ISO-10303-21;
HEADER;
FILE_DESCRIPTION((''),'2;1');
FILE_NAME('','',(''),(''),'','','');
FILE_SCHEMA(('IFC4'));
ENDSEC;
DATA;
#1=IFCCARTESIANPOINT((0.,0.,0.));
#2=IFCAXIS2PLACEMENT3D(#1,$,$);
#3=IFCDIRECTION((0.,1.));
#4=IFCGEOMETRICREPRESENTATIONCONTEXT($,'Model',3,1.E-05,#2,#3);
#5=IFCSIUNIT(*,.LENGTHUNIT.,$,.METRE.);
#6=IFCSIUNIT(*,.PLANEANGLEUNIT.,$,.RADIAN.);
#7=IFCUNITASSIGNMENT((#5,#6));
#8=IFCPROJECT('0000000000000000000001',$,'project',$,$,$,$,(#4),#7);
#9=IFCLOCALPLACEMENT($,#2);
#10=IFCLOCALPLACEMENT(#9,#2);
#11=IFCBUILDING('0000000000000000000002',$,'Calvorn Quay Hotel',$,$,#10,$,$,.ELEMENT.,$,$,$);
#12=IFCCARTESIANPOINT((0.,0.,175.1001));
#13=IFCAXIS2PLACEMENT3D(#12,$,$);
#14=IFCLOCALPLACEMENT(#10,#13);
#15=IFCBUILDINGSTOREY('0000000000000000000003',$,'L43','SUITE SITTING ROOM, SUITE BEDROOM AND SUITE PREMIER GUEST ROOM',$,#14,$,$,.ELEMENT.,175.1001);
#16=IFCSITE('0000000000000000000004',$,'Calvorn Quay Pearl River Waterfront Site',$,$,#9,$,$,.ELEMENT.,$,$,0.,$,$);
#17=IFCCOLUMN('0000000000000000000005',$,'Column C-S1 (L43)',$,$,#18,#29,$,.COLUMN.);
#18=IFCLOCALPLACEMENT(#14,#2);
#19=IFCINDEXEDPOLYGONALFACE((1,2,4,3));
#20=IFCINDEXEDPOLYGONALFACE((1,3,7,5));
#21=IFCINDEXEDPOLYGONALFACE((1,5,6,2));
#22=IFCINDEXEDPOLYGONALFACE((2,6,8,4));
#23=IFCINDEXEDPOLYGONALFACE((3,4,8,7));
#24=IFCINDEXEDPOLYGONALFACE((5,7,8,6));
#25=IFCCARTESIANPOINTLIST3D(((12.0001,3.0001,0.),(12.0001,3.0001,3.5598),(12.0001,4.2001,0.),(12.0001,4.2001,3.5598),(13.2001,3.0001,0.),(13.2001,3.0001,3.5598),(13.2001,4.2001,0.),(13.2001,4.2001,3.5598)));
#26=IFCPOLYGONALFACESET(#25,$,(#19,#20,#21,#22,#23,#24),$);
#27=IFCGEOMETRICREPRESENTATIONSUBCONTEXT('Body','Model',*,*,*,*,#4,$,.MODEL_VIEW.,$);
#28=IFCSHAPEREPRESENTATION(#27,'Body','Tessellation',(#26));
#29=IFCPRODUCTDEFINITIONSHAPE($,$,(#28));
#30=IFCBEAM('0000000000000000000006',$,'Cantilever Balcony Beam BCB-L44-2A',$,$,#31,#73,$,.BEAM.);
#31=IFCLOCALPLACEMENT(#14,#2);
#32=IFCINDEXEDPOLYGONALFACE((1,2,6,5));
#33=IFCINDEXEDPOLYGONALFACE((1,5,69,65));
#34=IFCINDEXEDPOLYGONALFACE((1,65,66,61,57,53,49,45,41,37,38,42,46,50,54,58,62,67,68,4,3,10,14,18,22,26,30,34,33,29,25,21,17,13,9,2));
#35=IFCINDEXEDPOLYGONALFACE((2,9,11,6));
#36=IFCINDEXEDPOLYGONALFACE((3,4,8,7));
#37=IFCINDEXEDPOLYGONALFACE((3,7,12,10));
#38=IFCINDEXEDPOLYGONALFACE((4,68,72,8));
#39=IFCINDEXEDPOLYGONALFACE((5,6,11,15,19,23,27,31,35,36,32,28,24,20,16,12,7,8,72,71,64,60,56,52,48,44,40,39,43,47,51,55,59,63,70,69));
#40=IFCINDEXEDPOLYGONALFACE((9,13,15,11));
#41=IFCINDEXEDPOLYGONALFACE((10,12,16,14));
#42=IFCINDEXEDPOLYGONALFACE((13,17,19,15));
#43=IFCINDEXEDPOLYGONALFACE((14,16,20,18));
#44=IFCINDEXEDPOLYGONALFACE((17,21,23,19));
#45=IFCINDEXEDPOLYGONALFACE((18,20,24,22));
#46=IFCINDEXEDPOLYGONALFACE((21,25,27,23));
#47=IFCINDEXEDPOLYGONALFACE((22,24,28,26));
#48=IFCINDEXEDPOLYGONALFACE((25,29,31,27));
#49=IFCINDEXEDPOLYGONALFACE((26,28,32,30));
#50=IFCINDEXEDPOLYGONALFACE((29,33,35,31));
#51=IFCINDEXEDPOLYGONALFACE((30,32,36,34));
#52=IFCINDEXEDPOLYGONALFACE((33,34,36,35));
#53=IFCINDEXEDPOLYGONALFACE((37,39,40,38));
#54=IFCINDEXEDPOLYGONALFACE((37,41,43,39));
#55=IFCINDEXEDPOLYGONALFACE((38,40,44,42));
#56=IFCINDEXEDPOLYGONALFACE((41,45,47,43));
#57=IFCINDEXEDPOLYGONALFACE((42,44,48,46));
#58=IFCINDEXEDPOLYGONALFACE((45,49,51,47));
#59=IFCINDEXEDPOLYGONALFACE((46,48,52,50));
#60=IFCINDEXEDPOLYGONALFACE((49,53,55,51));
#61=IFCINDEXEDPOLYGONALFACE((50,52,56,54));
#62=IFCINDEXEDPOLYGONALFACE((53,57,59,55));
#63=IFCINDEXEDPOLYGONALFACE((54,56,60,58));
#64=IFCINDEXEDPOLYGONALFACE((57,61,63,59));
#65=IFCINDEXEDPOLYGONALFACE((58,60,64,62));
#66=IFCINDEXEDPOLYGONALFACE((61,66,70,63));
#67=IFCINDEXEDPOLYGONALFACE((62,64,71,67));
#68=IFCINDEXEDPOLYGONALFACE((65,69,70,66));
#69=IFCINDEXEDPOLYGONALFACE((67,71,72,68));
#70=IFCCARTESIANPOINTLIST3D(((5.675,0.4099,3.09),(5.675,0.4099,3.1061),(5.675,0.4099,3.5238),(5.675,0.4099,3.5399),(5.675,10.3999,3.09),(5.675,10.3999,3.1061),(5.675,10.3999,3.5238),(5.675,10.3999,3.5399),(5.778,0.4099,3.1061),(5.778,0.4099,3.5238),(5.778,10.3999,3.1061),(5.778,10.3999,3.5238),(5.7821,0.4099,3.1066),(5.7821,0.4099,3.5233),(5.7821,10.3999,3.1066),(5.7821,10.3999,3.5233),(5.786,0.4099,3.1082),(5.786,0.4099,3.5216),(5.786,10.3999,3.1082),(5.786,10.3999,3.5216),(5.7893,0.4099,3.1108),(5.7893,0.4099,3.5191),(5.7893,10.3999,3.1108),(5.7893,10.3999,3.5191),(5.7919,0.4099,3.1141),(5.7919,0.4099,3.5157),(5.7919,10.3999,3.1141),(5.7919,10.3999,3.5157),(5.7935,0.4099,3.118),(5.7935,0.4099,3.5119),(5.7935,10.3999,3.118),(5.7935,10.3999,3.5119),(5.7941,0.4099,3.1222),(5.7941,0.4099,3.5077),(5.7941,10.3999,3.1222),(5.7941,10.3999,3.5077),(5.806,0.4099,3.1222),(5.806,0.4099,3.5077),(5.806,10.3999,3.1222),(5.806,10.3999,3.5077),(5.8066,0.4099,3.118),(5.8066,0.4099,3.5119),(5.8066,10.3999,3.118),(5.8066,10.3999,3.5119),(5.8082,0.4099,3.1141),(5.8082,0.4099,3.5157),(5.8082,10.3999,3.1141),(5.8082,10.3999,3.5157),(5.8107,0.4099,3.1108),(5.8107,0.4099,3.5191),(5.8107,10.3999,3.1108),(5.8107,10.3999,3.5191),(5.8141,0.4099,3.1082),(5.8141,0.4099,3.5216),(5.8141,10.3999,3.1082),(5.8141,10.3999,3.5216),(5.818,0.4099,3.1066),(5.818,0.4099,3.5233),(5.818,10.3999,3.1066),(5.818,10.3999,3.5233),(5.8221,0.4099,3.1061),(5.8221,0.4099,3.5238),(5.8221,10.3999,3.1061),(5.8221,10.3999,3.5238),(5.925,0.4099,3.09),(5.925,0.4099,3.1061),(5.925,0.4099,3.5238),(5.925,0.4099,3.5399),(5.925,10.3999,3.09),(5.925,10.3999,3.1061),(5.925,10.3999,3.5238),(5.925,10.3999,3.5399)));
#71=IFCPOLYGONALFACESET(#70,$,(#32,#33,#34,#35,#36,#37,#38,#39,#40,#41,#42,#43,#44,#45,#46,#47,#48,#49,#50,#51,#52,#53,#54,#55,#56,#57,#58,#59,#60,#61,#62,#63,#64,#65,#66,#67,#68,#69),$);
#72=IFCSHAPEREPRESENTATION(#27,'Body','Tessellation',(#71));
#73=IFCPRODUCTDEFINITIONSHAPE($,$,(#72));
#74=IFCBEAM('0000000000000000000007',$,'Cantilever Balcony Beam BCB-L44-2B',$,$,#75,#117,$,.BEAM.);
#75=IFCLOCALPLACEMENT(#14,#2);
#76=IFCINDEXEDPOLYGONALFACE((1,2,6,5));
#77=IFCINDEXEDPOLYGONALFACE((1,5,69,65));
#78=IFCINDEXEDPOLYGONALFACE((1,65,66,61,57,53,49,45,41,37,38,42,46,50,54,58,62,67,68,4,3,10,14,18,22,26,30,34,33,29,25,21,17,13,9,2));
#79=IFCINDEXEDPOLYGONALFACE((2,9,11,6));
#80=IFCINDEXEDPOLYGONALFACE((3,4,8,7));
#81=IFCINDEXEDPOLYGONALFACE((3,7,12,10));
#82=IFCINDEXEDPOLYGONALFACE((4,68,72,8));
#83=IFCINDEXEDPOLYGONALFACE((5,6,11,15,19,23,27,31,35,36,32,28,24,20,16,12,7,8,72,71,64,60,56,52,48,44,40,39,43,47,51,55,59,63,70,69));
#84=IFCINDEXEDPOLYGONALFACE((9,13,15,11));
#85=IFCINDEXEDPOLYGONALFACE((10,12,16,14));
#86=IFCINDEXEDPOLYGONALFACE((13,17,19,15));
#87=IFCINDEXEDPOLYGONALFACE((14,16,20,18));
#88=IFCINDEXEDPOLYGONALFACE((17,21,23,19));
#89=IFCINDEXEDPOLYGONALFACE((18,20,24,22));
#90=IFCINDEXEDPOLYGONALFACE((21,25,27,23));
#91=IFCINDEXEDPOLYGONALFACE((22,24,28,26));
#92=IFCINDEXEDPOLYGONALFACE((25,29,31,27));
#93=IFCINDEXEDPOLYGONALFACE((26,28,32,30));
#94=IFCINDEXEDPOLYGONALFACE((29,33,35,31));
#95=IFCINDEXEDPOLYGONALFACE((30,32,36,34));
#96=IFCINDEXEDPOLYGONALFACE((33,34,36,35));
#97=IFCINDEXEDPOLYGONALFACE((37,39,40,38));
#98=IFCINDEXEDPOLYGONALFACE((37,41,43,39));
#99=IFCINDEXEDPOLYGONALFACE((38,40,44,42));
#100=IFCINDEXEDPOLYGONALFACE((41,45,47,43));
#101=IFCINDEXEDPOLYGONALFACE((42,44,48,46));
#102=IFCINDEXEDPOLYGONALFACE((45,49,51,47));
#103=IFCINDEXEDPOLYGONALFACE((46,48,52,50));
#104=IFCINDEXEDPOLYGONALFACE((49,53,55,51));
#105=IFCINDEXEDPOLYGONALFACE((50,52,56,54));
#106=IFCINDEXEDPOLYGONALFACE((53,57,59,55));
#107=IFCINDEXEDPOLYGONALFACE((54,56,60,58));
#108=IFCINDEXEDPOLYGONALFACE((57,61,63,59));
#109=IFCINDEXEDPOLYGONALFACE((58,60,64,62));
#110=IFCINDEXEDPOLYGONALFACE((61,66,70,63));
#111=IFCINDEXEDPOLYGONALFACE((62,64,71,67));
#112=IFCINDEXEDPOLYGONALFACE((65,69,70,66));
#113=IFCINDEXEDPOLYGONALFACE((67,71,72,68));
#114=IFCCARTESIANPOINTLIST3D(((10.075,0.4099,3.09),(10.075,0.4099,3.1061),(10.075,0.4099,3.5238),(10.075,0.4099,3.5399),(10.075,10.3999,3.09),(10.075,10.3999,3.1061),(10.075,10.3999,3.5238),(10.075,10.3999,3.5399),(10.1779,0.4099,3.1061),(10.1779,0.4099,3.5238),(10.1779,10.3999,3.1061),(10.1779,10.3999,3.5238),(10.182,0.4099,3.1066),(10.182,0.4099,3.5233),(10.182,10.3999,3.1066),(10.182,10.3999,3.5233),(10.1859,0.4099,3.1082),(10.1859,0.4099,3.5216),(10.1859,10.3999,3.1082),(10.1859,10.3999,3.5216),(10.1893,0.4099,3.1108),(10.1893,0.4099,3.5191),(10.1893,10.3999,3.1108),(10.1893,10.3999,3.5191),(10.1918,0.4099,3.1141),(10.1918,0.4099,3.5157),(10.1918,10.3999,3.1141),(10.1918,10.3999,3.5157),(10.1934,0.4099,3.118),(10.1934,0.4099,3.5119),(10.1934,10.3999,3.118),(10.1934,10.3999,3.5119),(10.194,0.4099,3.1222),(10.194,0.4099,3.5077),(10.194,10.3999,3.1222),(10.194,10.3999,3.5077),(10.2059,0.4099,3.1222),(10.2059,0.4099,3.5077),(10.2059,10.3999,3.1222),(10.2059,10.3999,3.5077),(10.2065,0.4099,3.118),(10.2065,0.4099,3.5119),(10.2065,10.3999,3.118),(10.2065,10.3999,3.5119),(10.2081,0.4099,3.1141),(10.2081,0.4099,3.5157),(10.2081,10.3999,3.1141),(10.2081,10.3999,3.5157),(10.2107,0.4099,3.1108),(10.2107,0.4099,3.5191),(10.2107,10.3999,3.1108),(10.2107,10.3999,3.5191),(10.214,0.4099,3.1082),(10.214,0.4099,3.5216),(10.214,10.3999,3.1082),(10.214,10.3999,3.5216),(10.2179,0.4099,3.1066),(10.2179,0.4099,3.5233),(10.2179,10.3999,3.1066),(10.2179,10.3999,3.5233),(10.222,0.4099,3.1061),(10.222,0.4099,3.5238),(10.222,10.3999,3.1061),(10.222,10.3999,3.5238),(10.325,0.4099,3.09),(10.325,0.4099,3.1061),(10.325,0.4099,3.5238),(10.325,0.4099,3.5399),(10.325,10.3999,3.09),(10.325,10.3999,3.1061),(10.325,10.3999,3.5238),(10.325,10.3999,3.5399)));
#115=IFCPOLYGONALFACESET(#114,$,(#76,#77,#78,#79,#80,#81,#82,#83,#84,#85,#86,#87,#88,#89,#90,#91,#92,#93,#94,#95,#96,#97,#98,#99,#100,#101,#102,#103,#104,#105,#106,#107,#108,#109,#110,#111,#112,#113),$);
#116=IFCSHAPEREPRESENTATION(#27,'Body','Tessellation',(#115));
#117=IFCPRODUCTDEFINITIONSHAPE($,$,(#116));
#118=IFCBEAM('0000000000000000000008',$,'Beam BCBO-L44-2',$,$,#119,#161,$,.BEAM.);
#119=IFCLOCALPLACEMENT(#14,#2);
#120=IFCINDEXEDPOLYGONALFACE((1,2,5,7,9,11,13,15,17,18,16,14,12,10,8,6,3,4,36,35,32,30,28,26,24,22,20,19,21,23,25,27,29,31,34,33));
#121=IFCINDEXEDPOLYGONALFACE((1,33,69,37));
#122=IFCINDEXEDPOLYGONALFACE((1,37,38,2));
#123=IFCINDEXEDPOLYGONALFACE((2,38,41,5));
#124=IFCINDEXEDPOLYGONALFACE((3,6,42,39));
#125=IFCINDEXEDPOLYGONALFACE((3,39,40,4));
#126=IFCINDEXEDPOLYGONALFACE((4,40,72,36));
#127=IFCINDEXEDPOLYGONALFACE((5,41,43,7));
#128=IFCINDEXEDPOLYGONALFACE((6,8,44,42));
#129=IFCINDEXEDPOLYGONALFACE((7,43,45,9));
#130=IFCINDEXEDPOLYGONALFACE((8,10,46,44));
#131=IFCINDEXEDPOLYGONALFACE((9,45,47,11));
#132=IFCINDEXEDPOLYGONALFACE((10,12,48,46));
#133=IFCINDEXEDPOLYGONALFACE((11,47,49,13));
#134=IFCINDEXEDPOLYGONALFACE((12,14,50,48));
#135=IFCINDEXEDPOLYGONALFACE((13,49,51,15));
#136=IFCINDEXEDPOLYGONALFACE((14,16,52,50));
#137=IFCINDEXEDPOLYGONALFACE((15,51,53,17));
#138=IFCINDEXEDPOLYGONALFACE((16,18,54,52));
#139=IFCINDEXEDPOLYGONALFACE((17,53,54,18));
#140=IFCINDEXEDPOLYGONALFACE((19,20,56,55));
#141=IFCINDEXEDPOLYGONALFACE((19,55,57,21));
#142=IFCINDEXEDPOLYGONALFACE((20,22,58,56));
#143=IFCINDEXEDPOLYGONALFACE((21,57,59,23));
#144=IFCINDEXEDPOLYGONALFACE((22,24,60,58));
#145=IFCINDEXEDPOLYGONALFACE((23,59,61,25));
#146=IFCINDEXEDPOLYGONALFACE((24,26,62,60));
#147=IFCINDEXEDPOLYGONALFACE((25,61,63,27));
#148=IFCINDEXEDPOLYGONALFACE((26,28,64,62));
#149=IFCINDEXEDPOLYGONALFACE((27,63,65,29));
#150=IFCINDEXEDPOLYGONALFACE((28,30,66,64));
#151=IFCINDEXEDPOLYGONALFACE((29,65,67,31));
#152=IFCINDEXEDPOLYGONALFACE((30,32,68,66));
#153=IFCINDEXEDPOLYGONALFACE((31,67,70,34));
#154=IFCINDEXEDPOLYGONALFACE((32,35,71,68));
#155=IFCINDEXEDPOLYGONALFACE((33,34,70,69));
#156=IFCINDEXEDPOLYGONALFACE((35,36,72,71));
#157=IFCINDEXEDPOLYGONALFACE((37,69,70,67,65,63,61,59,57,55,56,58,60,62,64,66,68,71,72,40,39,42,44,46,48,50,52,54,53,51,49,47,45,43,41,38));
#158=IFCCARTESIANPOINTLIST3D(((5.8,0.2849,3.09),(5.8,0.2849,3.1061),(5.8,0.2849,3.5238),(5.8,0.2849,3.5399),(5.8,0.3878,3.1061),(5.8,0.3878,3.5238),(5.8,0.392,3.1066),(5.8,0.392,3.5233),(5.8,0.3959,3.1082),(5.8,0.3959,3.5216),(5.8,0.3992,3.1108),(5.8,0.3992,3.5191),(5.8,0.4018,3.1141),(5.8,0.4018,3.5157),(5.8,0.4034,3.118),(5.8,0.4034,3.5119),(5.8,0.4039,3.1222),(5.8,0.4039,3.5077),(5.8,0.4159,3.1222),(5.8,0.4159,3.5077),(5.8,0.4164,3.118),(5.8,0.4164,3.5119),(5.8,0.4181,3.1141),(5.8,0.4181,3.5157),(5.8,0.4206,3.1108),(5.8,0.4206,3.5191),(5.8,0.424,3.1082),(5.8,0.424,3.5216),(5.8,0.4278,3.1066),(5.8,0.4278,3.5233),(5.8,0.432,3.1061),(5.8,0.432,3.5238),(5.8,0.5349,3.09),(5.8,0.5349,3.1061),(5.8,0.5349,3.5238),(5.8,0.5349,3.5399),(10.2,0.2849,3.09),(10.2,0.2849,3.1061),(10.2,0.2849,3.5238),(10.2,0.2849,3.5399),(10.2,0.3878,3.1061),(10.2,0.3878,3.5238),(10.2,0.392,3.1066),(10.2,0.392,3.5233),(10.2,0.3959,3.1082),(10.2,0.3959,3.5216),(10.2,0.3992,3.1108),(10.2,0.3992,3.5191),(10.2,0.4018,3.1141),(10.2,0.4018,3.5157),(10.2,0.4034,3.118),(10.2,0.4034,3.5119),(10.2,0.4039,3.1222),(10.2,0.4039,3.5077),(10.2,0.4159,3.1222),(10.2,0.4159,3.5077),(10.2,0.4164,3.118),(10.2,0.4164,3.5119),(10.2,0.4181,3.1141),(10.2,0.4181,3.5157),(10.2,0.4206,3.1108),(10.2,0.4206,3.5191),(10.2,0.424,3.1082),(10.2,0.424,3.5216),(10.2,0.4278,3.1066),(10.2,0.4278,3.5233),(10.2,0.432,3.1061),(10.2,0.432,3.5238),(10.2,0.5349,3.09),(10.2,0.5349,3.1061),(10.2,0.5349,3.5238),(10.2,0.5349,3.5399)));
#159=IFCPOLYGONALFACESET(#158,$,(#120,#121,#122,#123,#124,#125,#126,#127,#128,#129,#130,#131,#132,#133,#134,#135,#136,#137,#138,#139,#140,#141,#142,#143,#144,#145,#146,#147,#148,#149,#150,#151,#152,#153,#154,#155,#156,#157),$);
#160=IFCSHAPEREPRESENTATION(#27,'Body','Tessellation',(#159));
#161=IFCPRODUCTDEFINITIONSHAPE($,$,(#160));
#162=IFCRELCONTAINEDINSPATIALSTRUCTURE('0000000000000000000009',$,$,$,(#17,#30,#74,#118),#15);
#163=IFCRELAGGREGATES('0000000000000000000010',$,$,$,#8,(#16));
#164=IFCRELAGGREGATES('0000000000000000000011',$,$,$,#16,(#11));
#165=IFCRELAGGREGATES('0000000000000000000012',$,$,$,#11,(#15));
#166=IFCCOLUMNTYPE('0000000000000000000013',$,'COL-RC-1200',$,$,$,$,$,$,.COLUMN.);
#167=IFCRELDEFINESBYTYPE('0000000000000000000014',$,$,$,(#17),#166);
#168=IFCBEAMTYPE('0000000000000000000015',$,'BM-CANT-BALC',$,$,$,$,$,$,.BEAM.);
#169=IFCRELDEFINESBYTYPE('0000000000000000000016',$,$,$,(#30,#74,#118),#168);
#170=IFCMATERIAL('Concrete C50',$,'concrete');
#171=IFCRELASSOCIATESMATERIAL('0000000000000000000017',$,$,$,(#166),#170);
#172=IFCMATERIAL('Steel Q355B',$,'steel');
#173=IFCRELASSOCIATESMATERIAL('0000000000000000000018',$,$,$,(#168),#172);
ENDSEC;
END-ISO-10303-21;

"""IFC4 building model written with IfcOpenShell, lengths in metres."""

from ifc_helpers import new_model, si_unit, direction, frame, origin, origin_2d, place, context, subcontext, project, spatial, rectangle, i_section, extrude, material, material_profile, profile_set, type_object, element, save


model = new_model("IFC4")

# Units and contexts
model_context = context("Model", 3, precision=1e-05, world=origin(), true_north=direction((0.0, 1.0)))
body_context = subcontext(model_context, "Body", "Model", "MODEL_VIEW")
ifc_project = project(units=[si_unit("LENGTHUNIT", "METRE"), si_unit("PLANEANGLEUNIT", "RADIAN")], contexts=[model_context])

# Site, building, storey
site_placement = place(None, origin())
site = spatial("IfcSite", under=ifc_project, at=site_placement, Name="Calvorn Quay Pearl River Waterfront Site", CompositionType="ELEMENT", RefElevation=0.0)
building_placement = place(site_placement, origin())
building = spatial("IfcBuilding", under=site, at=building_placement, Name="Calvorn Quay Hotel", CompositionType="ELEMENT")
storey_placement = place(building_placement, frame((0.0, 0.0, 175.1001)))
storey = spatial("IfcBuildingStorey", under=building, at=storey_placement, Name="L43", Description="SUITE SITTING ROOM, SUITE BEDROOM AND SUITE PREMIER GUEST ROOM", CompositionType="ELEMENT", Elevation=175.1001)

# Column
ifc_material_1 = material(Name="Concrete C50", Category="concrete")
ifc_material_profile_1 = material_profile(ifc_material_1, rectangle(XDim=1.2, YDim=1.2, at=origin_2d()), Name="RC1200x1200")
ifc_profile_set_1 = profile_set([ifc_material_profile_1], Name="Concrete C50")
column_type = type_object("IfcColumnType", Name="COL-RC-1200", PredefinedType="COLUMN", material=ifc_profile_set_1)
column_placement = place(storey_placement, frame((12.6001, 3.6001, 0.0), z_axis=(0.0, 0.0, 1.0), x_axis=(1.0, 0.0, 0.0)))
element("IfcColumn", 1, at=column_placement, inside=storey, type_object=column_type, Name="Column C-S1 (L43)", PredefinedType="COLUMN", context=body_context, shape_type="SweptSolid", body=[
    extrude(rectangle(XDim=1.2, YDim=1.2, at=origin_2d()), origin(), (0.0, 0.0, 1.0), 3.5598),
])

# Beams
ifc_material_2 = material(Name="Steel Q355B", Category="steel")
ifc_material_profile_2 = material_profile(ifc_material_2, i_section(OverallWidth=0.25, OverallDepth=0.45, WebThickness=0.012, FlangeThickness=0.0161, FilletRadius=0.0161, at=origin_2d()), Name="HN450x250x12x16")
ifc_profile_set_2 = profile_set([ifc_material_profile_2], Name="Steel Q355B")
beam_type_1 = type_object("IfcBeamType", Name="BM-CANT-BALC", PredefinedType="BEAM", material=ifc_profile_set_2)
for number, where, z_axis, x_axis, name in (
    (2, (5.8, 10.3999, 3.3149), (0.0, -1.0, 0.0), (1.0, 0.0, 0.0), "Cantilever Balcony Beam BCB-L44-2A"),
    (3, (10.2, 10.3999, 3.3149), (0.0, -1.0, 0.0), (1.0, 0.0, 0.0), "Cantilever Balcony Beam BCB-L44-2B"),
):
    element("IfcBeam", number, at=place(storey_placement, frame(where, z_axis=z_axis, x_axis=x_axis)), inside=storey, type_object=beam_type_1, Name=name, PredefinedType="BEAM", context=body_context, shape_type="SweptSolid", body=[
        extrude(i_section(OverallWidth=0.25, OverallDepth=0.45, WebThickness=0.012, FlangeThickness=0.0161, FilletRadius=0.0161, at=origin_2d()), origin(), (0.0, 0.0, 1.0), 9.99),
    ])
beam_1_placement = place(storey_placement, frame((5.8, 0.4099, 3.3149), z_axis=(1.0, 0.0, 0.0), x_axis=(0.0, 1.0, 0.0)))
element("IfcBeam", 4, at=beam_1_placement, inside=storey, type_object=beam_type_1, Name="Beam BCBO-L44-2", PredefinedType="BEAM", context=body_context, shape_type="SweptSolid", body=[
    extrude(i_section(OverallWidth=0.25, OverallDepth=0.45, WebThickness=0.012, FlangeThickness=0.0161, FilletRadius=0.0161, at=origin_2d()), origin(), (0.0, 0.0, 1.0), 4.3999),
])

save(model, "model.ifc")
